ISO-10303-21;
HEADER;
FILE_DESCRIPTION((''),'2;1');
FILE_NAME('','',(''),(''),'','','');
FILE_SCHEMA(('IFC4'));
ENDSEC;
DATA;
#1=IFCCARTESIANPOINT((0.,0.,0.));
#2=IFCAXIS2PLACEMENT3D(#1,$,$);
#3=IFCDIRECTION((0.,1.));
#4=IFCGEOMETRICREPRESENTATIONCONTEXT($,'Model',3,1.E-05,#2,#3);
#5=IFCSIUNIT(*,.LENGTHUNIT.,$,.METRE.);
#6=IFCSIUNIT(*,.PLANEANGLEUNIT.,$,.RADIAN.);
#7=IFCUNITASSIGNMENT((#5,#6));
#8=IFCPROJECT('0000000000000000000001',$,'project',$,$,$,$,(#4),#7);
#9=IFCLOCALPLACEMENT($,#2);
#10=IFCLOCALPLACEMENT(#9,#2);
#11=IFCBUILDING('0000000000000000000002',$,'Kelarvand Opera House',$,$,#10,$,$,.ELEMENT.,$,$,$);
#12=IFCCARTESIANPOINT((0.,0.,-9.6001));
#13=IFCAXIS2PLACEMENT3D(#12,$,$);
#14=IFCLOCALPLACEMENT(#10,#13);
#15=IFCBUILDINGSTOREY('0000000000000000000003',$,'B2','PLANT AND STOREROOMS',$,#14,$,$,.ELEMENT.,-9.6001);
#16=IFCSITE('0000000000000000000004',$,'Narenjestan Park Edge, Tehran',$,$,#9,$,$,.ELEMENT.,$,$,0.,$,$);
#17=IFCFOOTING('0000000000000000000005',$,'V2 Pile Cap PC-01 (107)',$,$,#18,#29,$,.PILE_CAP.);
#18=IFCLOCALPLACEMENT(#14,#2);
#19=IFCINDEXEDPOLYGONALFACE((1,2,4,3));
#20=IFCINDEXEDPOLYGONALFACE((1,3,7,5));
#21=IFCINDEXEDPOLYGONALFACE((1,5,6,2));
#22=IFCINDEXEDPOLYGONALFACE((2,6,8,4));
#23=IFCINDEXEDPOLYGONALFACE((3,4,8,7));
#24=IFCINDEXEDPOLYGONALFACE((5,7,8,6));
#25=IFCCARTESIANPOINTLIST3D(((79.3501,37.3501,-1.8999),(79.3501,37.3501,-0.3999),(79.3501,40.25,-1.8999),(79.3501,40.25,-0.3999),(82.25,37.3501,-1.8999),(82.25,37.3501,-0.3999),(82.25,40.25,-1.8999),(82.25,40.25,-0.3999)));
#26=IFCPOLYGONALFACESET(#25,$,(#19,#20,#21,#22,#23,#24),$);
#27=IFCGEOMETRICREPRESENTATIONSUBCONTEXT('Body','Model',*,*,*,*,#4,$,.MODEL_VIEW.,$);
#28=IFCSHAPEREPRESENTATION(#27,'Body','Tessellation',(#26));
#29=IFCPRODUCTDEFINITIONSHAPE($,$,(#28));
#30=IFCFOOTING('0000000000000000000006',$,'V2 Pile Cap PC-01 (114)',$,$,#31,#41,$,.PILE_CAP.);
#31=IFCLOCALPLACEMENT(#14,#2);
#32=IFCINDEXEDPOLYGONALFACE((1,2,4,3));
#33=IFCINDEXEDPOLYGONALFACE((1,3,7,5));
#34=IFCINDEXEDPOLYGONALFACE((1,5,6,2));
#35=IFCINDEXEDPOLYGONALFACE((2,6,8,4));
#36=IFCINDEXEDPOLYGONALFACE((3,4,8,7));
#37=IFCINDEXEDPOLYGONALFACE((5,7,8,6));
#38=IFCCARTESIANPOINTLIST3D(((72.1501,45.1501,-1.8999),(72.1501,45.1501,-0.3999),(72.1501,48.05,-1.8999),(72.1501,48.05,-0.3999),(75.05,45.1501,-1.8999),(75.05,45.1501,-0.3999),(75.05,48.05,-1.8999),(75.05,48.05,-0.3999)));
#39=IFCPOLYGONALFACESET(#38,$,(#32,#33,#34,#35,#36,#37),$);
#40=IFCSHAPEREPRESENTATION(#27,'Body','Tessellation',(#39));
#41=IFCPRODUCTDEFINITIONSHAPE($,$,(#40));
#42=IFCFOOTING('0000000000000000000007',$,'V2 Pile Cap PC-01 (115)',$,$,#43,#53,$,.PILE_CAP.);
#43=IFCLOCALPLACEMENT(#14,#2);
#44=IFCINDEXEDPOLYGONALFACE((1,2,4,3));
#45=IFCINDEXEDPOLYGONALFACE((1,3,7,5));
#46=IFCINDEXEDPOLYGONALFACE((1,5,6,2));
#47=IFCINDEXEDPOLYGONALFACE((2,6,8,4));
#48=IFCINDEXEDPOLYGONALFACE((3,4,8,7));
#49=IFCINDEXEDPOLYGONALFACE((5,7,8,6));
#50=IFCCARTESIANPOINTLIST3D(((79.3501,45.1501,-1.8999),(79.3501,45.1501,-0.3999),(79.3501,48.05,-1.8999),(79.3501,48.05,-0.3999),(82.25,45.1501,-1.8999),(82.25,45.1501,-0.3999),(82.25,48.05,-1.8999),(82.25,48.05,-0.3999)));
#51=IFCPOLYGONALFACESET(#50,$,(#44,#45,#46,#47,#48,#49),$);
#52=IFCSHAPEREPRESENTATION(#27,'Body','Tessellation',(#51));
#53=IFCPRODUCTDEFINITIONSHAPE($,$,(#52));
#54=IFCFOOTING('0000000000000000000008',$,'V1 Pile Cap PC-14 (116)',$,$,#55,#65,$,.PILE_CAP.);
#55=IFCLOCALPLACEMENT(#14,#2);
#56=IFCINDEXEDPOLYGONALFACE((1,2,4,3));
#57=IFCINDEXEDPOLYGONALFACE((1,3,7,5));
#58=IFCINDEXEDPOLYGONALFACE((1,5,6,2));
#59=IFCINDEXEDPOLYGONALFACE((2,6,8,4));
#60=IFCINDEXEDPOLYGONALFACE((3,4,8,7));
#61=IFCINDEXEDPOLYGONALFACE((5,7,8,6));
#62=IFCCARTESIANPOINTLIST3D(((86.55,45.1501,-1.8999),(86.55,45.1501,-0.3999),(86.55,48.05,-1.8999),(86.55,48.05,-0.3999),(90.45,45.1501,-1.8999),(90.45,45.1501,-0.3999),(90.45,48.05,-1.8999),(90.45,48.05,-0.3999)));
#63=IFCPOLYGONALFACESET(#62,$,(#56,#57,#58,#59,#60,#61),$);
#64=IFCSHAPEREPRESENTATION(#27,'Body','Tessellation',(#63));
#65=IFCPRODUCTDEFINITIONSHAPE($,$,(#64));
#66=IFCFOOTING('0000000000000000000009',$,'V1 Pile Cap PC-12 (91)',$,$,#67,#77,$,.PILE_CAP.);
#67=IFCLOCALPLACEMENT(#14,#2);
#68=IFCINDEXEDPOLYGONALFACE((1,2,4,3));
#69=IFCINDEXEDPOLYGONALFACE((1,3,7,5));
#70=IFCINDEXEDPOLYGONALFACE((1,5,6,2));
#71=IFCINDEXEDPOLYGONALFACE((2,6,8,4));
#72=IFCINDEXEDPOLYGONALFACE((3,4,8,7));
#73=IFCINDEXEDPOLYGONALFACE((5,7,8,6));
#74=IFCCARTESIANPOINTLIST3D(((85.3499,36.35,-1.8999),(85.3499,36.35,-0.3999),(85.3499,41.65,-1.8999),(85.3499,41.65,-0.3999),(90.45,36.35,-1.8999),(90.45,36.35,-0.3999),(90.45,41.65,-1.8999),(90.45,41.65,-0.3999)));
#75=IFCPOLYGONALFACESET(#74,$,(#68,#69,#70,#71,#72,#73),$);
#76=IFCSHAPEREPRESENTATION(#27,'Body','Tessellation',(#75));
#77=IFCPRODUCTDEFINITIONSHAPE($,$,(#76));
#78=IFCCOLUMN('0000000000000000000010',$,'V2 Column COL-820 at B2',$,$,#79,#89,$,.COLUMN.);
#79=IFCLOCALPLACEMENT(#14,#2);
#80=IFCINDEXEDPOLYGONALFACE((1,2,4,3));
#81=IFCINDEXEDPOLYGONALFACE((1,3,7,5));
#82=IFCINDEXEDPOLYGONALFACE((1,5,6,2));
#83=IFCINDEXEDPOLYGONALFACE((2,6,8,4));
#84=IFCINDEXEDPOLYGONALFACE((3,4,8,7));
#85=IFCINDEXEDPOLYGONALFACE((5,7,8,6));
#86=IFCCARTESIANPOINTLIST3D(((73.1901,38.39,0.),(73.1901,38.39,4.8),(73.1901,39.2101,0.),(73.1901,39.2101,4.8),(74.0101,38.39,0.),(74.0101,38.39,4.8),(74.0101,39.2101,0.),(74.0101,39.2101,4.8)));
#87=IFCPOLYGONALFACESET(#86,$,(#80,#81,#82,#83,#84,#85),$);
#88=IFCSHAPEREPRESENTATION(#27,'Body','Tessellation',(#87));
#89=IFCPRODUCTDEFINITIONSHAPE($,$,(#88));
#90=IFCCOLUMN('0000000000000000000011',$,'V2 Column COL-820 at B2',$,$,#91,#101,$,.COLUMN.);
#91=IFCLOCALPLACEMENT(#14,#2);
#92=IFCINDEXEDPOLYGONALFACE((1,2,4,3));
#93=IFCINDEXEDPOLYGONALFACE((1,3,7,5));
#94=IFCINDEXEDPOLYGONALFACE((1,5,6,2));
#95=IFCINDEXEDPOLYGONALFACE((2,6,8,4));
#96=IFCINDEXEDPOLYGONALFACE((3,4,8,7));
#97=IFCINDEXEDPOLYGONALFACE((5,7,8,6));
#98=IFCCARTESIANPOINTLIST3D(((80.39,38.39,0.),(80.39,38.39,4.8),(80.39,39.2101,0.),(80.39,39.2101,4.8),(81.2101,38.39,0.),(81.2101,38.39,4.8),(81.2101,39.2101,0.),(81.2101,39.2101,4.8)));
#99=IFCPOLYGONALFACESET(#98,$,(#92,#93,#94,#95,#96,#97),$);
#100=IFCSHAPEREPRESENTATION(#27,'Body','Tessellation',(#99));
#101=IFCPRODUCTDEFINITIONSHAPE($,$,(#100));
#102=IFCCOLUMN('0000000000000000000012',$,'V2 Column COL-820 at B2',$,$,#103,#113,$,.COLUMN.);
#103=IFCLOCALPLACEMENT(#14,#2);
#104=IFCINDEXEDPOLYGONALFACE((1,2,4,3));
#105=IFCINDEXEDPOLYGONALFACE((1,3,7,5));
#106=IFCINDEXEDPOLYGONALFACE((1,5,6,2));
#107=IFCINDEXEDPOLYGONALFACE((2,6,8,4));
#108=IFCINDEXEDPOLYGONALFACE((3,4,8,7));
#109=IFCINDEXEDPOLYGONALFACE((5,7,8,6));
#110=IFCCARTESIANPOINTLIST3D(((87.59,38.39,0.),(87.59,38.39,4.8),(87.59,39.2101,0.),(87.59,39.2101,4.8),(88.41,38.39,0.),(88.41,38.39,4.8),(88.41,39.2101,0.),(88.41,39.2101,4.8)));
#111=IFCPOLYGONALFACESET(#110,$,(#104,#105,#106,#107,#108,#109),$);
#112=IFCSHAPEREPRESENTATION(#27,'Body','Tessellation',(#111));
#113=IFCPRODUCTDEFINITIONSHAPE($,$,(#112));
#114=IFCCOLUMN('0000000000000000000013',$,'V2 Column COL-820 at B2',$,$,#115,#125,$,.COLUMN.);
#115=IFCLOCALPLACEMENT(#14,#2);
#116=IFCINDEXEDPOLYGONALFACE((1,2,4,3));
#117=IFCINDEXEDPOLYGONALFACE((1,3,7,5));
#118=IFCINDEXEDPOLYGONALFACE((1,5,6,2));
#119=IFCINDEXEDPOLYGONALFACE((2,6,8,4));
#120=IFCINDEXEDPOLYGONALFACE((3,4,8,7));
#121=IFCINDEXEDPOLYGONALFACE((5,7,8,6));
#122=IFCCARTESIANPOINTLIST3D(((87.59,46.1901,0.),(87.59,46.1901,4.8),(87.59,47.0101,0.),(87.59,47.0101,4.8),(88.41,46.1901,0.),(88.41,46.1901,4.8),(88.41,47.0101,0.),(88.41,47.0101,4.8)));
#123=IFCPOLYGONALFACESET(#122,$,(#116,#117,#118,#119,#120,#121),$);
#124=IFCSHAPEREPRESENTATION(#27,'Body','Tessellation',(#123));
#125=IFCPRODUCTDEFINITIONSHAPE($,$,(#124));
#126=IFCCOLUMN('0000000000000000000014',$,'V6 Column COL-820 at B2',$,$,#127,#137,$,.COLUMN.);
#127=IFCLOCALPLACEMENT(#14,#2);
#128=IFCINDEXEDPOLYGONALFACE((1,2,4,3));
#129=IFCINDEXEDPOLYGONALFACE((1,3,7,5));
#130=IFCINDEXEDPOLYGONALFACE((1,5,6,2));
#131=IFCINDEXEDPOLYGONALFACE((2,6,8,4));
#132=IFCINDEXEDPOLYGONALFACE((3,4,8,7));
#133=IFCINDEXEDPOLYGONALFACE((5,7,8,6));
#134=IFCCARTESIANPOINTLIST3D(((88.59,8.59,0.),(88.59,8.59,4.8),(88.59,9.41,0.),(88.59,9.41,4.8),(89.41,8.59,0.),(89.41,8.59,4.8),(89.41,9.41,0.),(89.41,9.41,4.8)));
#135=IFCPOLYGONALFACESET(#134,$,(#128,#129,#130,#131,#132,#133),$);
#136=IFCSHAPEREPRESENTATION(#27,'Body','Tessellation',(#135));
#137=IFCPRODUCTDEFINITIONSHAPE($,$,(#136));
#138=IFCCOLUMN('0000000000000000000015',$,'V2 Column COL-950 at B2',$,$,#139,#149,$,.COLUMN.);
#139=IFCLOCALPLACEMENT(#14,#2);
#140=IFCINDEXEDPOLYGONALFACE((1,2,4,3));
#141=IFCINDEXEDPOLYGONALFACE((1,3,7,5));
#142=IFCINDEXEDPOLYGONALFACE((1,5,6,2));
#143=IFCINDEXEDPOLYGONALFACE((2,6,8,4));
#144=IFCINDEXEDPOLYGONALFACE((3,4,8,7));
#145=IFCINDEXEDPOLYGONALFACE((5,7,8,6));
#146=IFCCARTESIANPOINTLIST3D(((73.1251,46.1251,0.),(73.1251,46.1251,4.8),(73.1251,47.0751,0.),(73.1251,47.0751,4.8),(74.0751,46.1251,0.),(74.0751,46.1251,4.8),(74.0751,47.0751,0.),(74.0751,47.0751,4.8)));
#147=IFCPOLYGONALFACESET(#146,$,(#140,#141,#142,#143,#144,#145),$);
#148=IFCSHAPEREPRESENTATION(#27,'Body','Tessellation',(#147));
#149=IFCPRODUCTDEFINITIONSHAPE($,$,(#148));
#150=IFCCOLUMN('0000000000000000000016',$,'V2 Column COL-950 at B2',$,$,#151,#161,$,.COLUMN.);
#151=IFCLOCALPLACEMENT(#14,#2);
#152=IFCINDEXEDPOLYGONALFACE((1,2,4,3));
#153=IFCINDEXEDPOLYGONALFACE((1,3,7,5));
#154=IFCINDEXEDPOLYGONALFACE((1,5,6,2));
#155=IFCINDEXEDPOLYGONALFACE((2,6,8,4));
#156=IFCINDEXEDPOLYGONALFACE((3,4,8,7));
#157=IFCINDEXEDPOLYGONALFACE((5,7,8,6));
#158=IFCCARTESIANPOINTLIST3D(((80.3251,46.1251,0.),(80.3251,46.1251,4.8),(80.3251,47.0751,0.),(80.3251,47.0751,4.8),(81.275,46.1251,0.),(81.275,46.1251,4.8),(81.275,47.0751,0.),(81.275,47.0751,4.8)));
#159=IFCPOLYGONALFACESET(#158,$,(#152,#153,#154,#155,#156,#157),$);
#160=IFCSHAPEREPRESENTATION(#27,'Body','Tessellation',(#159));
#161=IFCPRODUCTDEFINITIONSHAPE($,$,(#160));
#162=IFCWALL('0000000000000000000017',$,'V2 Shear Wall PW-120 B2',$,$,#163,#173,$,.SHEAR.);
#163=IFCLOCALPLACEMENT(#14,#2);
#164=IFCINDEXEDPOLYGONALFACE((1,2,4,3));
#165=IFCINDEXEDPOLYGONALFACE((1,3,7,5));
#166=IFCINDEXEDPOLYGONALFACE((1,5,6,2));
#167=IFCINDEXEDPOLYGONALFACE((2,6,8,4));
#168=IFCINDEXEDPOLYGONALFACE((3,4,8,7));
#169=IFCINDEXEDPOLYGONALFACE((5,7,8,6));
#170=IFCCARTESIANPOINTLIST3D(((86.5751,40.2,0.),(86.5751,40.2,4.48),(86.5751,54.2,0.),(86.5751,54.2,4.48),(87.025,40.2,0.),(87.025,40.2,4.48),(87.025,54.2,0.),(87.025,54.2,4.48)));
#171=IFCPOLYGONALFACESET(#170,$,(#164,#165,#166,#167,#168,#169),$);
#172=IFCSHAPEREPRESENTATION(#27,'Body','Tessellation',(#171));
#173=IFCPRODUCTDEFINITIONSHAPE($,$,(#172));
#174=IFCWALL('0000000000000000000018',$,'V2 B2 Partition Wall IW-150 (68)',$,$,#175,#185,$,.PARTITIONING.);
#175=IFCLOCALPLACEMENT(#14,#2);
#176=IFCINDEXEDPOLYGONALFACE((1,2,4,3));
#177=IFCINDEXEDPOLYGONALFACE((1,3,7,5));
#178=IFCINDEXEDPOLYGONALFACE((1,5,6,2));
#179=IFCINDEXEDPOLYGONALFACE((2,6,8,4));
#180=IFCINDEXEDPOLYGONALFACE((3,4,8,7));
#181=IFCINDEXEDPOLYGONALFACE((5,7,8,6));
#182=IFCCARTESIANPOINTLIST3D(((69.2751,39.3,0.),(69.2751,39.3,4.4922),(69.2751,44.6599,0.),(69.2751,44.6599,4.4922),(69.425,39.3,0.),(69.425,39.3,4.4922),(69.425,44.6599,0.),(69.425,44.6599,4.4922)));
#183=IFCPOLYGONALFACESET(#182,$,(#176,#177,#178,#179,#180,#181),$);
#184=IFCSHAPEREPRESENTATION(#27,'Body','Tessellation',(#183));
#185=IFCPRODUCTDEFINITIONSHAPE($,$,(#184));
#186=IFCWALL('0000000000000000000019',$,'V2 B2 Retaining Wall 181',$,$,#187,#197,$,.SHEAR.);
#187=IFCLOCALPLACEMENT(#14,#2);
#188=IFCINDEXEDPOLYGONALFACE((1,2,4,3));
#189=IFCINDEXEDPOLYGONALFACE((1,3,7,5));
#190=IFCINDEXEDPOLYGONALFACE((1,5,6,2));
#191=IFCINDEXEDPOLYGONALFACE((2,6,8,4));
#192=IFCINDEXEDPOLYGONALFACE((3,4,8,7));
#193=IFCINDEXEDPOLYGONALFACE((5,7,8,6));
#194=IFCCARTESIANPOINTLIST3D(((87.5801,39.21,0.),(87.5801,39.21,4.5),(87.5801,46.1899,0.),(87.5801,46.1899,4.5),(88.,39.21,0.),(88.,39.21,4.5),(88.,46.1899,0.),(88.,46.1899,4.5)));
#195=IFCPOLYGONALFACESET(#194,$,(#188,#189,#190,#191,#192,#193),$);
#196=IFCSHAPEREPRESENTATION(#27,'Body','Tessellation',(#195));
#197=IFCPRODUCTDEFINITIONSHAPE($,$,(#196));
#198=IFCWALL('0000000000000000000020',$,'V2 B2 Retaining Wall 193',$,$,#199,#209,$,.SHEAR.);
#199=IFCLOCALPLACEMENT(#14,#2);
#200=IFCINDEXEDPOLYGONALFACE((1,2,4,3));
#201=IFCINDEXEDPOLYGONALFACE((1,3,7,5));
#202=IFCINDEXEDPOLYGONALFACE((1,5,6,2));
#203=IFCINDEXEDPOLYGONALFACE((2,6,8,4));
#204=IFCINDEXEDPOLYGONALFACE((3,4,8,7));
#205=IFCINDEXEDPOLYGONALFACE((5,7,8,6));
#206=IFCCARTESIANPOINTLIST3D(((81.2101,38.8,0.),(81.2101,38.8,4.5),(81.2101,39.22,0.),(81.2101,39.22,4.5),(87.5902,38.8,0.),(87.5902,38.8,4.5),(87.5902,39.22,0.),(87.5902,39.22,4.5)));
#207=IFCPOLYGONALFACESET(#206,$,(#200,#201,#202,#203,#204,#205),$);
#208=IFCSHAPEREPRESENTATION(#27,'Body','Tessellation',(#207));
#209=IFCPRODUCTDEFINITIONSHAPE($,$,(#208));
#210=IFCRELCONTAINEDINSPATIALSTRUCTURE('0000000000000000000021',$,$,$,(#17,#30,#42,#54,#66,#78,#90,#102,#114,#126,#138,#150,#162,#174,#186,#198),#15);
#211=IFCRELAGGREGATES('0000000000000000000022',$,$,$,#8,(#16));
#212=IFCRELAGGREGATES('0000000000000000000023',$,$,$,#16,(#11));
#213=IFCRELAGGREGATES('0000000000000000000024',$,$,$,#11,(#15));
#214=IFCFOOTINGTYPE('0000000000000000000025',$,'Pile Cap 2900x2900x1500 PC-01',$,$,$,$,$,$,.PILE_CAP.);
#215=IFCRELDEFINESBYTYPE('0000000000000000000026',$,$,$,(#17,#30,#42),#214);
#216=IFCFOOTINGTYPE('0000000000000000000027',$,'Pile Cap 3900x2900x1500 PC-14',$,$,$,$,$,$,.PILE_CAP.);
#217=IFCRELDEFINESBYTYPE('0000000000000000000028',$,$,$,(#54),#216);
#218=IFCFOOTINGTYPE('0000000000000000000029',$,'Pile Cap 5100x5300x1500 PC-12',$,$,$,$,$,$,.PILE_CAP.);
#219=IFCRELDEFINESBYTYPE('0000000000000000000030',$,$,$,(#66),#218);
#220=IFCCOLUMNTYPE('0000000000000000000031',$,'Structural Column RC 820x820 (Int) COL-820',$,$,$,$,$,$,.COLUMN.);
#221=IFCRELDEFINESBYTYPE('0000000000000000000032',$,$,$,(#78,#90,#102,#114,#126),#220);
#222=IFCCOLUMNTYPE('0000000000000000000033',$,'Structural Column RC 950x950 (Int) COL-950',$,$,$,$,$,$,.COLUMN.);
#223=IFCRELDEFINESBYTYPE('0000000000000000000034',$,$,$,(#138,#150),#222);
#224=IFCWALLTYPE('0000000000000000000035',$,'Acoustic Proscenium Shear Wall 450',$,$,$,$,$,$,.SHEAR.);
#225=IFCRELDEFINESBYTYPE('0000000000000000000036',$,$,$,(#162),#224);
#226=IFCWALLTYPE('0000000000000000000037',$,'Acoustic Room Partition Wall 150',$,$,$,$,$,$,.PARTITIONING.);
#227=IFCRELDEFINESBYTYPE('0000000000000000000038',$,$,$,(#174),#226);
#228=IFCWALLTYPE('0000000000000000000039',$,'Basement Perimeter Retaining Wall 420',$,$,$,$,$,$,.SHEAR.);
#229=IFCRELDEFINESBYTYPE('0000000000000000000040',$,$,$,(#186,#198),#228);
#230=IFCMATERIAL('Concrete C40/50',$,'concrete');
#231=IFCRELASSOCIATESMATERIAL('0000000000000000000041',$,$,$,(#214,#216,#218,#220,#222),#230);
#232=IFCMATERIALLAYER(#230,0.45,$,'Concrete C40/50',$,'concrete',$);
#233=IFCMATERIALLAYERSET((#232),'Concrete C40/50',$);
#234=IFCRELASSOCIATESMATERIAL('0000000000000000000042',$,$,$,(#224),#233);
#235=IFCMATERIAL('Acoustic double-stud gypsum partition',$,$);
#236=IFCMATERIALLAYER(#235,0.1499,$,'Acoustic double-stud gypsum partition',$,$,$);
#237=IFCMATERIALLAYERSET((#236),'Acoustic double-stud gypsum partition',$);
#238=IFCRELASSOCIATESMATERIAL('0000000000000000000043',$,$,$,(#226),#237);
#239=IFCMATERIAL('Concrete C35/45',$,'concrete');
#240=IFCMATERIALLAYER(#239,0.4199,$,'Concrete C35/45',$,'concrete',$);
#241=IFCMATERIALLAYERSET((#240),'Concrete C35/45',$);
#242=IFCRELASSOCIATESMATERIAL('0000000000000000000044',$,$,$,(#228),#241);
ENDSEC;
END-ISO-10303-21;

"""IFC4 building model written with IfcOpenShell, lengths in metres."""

from ifc_helpers import new_model, si_unit, direction, frame, frame_2d, origin, origin_2d, place, context, subcontext, project, spatial, rectangle, extrude, material, layer, layer_set, material_profile, profile_set, type_object, element, save


model = new_model("IFC4")

# Units and contexts
model_context = context("Model", 3, precision=1e-05, world=origin(), true_north=direction((0.0, 1.0)))
body_context = subcontext(model_context, "Body", "Model", "MODEL_VIEW")
ifc_project = project(units=[si_unit("LENGTHUNIT", "METRE"), si_unit("PLANEANGLEUNIT", "RADIAN")], contexts=[model_context])

# Site, building, storey
site_placement = place(None, origin())
site = spatial("IfcSite", under=ifc_project, at=site_placement, Name="Narenjestan Park Edge, Tehran", CompositionType="ELEMENT", RefElevation=0.0)
building_placement = place(site_placement, origin())
building = spatial("IfcBuilding", under=site, at=building_placement, Name="Kelarvand Opera House", CompositionType="ELEMENT")
storey_placement = place(building_placement, frame((0.0, 0.0, -9.6001)))
storey = spatial("IfcBuildingStorey", under=building, at=storey_placement, Name="B2", Description="PLANT AND STOREROOMS", CompositionType="ELEMENT", Elevation=-9.6001)

# Shared definitions
ifc_material_1 = material(Name="Concrete C40/50", Category="concrete")

# Footings
footing_type_1 = type_object("IfcFootingType", Name="Pile Cap 2900x2900x1500 PC-01", PredefinedType="PILE_CAP", material=ifc_material_1)
for number, where, z_axis, x_axis, name in (
    (1, (80.8, 38.8, -1.8999), (0.0, 0.0, 1.0), (1.0, 0.0, 0.0), "V2 Pile Cap PC-01 (107)"),
    (2, (73.6001, 46.6001, -1.8999), (0.0, 0.0, 1.0), (1.0, 0.0, 0.0), "V2 Pile Cap PC-01 (114)"),
    (3, (80.8, 46.6001, -1.8999), (0.0, 0.0, 1.0), (1.0, 0.0, 0.0), "V2 Pile Cap PC-01 (115)"),
):
    element("IfcFooting", number, at=place(storey_placement, frame(where, z_axis=z_axis, x_axis=x_axis)), inside=storey, type_object=footing_type_1, Name=name, PredefinedType="PILE_CAP", context=body_context, shape_type="SweptSolid", body=[
        extrude(rectangle(XDim=2.8999, YDim=2.8999, at=origin_2d()), origin(), (0.0, 0.0, 1.0), 1.5),
    ])
footing_type_2 = type_object("IfcFootingType", Name="Pile Cap 3900x2900x1500 PC-14", PredefinedType="PILE_CAP", material=ifc_material_1)
footing_1_placement = place(storey_placement, frame((88.5, 46.6001, -1.8999), z_axis=(0.0, 0.0, 1.0), x_axis=(1.0, 0.0, 0.0)))
element("IfcFooting", 4, at=footing_1_placement, inside=storey, type_object=footing_type_2, Name="V1 Pile Cap PC-14 (116)", PredefinedType="PILE_CAP", context=body_context, shape_type="SweptSolid", body=[
    extrude(rectangle(XDim=3.8999, YDim=2.8999, at=origin_2d()), origin(), (0.0, 0.0, 1.0), 1.5),
])
footing_type_3 = type_object("IfcFootingType", Name="Pile Cap 5100x5300x1500 PC-12", PredefinedType="PILE_CAP", material=ifc_material_1)
footing_2_placement = place(storey_placement, frame((87.8999, 39.0, -1.8999), z_axis=(0.0, 0.0, 1.0), x_axis=(1.0, 0.0, 0.0)))
element("IfcFooting", 5, at=footing_2_placement, inside=storey, type_object=footing_type_3, Name="V1 Pile Cap PC-12 (91)", PredefinedType="PILE_CAP", context=body_context, shape_type="SweptSolid", body=[
    extrude(rectangle(XDim=5.1001, YDim=5.3, at=origin_2d()), origin(), (0.0, 0.0, 1.0), 1.5),
])

# Columns
ifc_material_profile_1 = material_profile(ifc_material_1, rectangle(XDim=0.8201, YDim=0.8201, at=origin_2d()), Name="RC 820x820", Category="concrete")
ifc_profile_set_1 = profile_set([ifc_material_profile_1], Name="Concrete C40/50")
column_type_1 = type_object("IfcColumnType", Name="Structural Column RC 820x820 (Int) COL-820", PredefinedType="COLUMN", material=ifc_profile_set_1)
for number, where, z_axis, x_axis, name in (
    (6, (73.6001, 38.8, 0.0), (0.0, 0.0, 1.0), (1.0, 0.0, 0.0), "V2 Column COL-820 at B2"),
    (7, (80.8, 38.8, 0.0), (0.0, 0.0, 1.0), (1.0, 0.0, 0.0), "V2 Column COL-820 at B2"),
    (8, (88.0, 38.8, 0.0), (0.0, 0.0, 1.0), (1.0, 0.0, 0.0), "V2 Column COL-820 at B2"),
    (9, (88.0, 46.6001, 0.0), (0.0, 0.0, 1.0), (1.0, 0.0, 0.0), "V2 Column COL-820 at B2"),
    (10, (89.0, 9.0, 0.0), (0.0, 0.0, 1.0), (1.0, 0.0, 0.0), "V6 Column COL-820 at B2"),
):
    element("IfcColumn", number, at=place(storey_placement, frame(where, z_axis=z_axis, x_axis=x_axis)), inside=storey, type_object=column_type_1, Name=name, PredefinedType="COLUMN", context=body_context, shape_type="SweptSolid", body=[
        extrude(rectangle(XDim=0.8201, YDim=0.8201, at=origin_2d()), origin(), (0.0, 0.0, 1.0), 4.8),
    ])
ifc_material_profile_2 = material_profile(ifc_material_1, rectangle(XDim=0.95, YDim=0.95, at=origin_2d()), Name="RC 950x950", Category="concrete")
ifc_profile_set_2 = profile_set([ifc_material_profile_2], Name="Concrete C40/50")
column_type_2 = type_object("IfcColumnType", Name="Structural Column RC 950x950 (Int) COL-950", PredefinedType="COLUMN", material=ifc_profile_set_2)
for number, where, z_axis, x_axis, name in (
    (11, (73.6001, 46.6001, 0.0), (0.0, 0.0, 1.0), (1.0, 0.0, 0.0), "V2 Column COL-950 at B2"),
    (12, (80.8, 46.6001, 0.0), (0.0, 0.0, 1.0), (1.0, 0.0, 0.0), "V2 Column COL-950 at B2"),
):
    element("IfcColumn", number, at=place(storey_placement, frame(where, z_axis=z_axis, x_axis=x_axis)), inside=storey, type_object=column_type_2, Name=name, PredefinedType="COLUMN", context=body_context, shape_type="SweptSolid", body=[
        extrude(rectangle(XDim=0.95, YDim=0.95, at=origin_2d()), origin(), (0.0, 0.0, 1.0), 4.8),
    ])

# Walls
ifc_layer_1 = layer(ifc_material_1, 0.45, Name="Concrete C40/50", Category="concrete")
ifc_layer_set_1 = layer_set([ifc_layer_1], Name="Concrete C40/50")
wall_type_1 = type_object("IfcWallType", Name="Acoustic Proscenium Shear Wall 450", PredefinedType="SHEAR", material=ifc_layer_set_1)
wall_1_placement = place(storey_placement, frame((86.8, 40.2, 0.0), z_axis=(0.0, 0.0, 1.0), x_axis=(0.0, 1.0, 0.0)))
element("IfcWall", 13, at=wall_1_placement, inside=storey, type_object=wall_type_1, Name="V2 Shear Wall PW-120 B2", PredefinedType="SHEAR", context=body_context, shape_type="SweptSolid", body=[
    extrude(rectangle(XDim=14.0, YDim=0.45, at=frame_2d((7.0, 0.0))), origin(), (0.0, 0.0, 1.0), 4.48),
])
ifc_material_2 = material(Name="Acoustic double-stud gypsum partition")
ifc_layer_2 = layer(ifc_material_2, 0.1499, Name="Acoustic double-stud gypsum partition")
ifc_layer_set_2 = layer_set([ifc_layer_2], Name="Acoustic double-stud gypsum partition")
wall_type_2 = type_object("IfcWallType", Name="Acoustic Room Partition Wall 150", PredefinedType="PARTITIONING", material=ifc_layer_set_2)
wall_2_placement = place(storey_placement, frame((69.3501, 39.3, 0.0), z_axis=(0.0, 0.0, 1.0), x_axis=(0.0, 1.0, 0.0)))
element("IfcWall", 14, at=wall_2_placement, inside=storey, type_object=wall_type_2, Name="V2 B2 Partition Wall IW-150 (68)", PredefinedType="PARTITIONING", context=body_context, shape_type="SweptSolid", body=[
    extrude(rectangle(XDim=5.3599, YDim=0.1499, at=frame_2d((2.6799, 0.0))), origin(), (0.0, 0.0, 1.0), 4.4922),
])
ifc_material_3 = material(Name="Concrete C35/45", Category="concrete")
ifc_layer_3 = layer(ifc_material_3, 0.4199, Name="Concrete C35/45", Category="concrete")
ifc_layer_set_3 = layer_set([ifc_layer_3], Name="Concrete C35/45")
wall_type_3 = type_object("IfcWallType", Name="Basement Perimeter Retaining Wall 420", PredefinedType="SHEAR", material=ifc_layer_set_3)
wall_3_placement = place(storey_placement, frame((87.79, 46.1899, 0.0), z_axis=(0.0, 0.0, 1.0), x_axis=(0.0, -1.0, 0.0)))
element("IfcWall", 15, at=wall_3_placement, inside=storey, type_object=wall_type_3, Name="V2 B2 Retaining Wall 181", PredefinedType="SHEAR", context=body_context, shape_type="SweptSolid", body=[
    extrude(rectangle(XDim=6.98, YDim=0.4199, at=frame_2d((3.49, 0.0))), origin(), (0.0, 0.0, 1.0), 4.5),
])
wall_4_placement = place(storey_placement, frame((87.5901, 39.01, 0.0), z_axis=(0.0, 0.0, 1.0), x_axis=(-1.0, 0.0, 0.0)))
element("IfcWall", 16, at=wall_4_placement, inside=storey, type_object=wall_type_3, Name="V2 B2 Retaining Wall 193", PredefinedType="SHEAR", context=body_context, shape_type="SweptSolid", body=[
    extrude(rectangle(XDim=6.3801, YDim=0.4199, at=frame_2d((3.1899, 0.0))), origin(), (0.0, 0.0, 1.0), 4.5),
])

save(model, "model.ifc")
